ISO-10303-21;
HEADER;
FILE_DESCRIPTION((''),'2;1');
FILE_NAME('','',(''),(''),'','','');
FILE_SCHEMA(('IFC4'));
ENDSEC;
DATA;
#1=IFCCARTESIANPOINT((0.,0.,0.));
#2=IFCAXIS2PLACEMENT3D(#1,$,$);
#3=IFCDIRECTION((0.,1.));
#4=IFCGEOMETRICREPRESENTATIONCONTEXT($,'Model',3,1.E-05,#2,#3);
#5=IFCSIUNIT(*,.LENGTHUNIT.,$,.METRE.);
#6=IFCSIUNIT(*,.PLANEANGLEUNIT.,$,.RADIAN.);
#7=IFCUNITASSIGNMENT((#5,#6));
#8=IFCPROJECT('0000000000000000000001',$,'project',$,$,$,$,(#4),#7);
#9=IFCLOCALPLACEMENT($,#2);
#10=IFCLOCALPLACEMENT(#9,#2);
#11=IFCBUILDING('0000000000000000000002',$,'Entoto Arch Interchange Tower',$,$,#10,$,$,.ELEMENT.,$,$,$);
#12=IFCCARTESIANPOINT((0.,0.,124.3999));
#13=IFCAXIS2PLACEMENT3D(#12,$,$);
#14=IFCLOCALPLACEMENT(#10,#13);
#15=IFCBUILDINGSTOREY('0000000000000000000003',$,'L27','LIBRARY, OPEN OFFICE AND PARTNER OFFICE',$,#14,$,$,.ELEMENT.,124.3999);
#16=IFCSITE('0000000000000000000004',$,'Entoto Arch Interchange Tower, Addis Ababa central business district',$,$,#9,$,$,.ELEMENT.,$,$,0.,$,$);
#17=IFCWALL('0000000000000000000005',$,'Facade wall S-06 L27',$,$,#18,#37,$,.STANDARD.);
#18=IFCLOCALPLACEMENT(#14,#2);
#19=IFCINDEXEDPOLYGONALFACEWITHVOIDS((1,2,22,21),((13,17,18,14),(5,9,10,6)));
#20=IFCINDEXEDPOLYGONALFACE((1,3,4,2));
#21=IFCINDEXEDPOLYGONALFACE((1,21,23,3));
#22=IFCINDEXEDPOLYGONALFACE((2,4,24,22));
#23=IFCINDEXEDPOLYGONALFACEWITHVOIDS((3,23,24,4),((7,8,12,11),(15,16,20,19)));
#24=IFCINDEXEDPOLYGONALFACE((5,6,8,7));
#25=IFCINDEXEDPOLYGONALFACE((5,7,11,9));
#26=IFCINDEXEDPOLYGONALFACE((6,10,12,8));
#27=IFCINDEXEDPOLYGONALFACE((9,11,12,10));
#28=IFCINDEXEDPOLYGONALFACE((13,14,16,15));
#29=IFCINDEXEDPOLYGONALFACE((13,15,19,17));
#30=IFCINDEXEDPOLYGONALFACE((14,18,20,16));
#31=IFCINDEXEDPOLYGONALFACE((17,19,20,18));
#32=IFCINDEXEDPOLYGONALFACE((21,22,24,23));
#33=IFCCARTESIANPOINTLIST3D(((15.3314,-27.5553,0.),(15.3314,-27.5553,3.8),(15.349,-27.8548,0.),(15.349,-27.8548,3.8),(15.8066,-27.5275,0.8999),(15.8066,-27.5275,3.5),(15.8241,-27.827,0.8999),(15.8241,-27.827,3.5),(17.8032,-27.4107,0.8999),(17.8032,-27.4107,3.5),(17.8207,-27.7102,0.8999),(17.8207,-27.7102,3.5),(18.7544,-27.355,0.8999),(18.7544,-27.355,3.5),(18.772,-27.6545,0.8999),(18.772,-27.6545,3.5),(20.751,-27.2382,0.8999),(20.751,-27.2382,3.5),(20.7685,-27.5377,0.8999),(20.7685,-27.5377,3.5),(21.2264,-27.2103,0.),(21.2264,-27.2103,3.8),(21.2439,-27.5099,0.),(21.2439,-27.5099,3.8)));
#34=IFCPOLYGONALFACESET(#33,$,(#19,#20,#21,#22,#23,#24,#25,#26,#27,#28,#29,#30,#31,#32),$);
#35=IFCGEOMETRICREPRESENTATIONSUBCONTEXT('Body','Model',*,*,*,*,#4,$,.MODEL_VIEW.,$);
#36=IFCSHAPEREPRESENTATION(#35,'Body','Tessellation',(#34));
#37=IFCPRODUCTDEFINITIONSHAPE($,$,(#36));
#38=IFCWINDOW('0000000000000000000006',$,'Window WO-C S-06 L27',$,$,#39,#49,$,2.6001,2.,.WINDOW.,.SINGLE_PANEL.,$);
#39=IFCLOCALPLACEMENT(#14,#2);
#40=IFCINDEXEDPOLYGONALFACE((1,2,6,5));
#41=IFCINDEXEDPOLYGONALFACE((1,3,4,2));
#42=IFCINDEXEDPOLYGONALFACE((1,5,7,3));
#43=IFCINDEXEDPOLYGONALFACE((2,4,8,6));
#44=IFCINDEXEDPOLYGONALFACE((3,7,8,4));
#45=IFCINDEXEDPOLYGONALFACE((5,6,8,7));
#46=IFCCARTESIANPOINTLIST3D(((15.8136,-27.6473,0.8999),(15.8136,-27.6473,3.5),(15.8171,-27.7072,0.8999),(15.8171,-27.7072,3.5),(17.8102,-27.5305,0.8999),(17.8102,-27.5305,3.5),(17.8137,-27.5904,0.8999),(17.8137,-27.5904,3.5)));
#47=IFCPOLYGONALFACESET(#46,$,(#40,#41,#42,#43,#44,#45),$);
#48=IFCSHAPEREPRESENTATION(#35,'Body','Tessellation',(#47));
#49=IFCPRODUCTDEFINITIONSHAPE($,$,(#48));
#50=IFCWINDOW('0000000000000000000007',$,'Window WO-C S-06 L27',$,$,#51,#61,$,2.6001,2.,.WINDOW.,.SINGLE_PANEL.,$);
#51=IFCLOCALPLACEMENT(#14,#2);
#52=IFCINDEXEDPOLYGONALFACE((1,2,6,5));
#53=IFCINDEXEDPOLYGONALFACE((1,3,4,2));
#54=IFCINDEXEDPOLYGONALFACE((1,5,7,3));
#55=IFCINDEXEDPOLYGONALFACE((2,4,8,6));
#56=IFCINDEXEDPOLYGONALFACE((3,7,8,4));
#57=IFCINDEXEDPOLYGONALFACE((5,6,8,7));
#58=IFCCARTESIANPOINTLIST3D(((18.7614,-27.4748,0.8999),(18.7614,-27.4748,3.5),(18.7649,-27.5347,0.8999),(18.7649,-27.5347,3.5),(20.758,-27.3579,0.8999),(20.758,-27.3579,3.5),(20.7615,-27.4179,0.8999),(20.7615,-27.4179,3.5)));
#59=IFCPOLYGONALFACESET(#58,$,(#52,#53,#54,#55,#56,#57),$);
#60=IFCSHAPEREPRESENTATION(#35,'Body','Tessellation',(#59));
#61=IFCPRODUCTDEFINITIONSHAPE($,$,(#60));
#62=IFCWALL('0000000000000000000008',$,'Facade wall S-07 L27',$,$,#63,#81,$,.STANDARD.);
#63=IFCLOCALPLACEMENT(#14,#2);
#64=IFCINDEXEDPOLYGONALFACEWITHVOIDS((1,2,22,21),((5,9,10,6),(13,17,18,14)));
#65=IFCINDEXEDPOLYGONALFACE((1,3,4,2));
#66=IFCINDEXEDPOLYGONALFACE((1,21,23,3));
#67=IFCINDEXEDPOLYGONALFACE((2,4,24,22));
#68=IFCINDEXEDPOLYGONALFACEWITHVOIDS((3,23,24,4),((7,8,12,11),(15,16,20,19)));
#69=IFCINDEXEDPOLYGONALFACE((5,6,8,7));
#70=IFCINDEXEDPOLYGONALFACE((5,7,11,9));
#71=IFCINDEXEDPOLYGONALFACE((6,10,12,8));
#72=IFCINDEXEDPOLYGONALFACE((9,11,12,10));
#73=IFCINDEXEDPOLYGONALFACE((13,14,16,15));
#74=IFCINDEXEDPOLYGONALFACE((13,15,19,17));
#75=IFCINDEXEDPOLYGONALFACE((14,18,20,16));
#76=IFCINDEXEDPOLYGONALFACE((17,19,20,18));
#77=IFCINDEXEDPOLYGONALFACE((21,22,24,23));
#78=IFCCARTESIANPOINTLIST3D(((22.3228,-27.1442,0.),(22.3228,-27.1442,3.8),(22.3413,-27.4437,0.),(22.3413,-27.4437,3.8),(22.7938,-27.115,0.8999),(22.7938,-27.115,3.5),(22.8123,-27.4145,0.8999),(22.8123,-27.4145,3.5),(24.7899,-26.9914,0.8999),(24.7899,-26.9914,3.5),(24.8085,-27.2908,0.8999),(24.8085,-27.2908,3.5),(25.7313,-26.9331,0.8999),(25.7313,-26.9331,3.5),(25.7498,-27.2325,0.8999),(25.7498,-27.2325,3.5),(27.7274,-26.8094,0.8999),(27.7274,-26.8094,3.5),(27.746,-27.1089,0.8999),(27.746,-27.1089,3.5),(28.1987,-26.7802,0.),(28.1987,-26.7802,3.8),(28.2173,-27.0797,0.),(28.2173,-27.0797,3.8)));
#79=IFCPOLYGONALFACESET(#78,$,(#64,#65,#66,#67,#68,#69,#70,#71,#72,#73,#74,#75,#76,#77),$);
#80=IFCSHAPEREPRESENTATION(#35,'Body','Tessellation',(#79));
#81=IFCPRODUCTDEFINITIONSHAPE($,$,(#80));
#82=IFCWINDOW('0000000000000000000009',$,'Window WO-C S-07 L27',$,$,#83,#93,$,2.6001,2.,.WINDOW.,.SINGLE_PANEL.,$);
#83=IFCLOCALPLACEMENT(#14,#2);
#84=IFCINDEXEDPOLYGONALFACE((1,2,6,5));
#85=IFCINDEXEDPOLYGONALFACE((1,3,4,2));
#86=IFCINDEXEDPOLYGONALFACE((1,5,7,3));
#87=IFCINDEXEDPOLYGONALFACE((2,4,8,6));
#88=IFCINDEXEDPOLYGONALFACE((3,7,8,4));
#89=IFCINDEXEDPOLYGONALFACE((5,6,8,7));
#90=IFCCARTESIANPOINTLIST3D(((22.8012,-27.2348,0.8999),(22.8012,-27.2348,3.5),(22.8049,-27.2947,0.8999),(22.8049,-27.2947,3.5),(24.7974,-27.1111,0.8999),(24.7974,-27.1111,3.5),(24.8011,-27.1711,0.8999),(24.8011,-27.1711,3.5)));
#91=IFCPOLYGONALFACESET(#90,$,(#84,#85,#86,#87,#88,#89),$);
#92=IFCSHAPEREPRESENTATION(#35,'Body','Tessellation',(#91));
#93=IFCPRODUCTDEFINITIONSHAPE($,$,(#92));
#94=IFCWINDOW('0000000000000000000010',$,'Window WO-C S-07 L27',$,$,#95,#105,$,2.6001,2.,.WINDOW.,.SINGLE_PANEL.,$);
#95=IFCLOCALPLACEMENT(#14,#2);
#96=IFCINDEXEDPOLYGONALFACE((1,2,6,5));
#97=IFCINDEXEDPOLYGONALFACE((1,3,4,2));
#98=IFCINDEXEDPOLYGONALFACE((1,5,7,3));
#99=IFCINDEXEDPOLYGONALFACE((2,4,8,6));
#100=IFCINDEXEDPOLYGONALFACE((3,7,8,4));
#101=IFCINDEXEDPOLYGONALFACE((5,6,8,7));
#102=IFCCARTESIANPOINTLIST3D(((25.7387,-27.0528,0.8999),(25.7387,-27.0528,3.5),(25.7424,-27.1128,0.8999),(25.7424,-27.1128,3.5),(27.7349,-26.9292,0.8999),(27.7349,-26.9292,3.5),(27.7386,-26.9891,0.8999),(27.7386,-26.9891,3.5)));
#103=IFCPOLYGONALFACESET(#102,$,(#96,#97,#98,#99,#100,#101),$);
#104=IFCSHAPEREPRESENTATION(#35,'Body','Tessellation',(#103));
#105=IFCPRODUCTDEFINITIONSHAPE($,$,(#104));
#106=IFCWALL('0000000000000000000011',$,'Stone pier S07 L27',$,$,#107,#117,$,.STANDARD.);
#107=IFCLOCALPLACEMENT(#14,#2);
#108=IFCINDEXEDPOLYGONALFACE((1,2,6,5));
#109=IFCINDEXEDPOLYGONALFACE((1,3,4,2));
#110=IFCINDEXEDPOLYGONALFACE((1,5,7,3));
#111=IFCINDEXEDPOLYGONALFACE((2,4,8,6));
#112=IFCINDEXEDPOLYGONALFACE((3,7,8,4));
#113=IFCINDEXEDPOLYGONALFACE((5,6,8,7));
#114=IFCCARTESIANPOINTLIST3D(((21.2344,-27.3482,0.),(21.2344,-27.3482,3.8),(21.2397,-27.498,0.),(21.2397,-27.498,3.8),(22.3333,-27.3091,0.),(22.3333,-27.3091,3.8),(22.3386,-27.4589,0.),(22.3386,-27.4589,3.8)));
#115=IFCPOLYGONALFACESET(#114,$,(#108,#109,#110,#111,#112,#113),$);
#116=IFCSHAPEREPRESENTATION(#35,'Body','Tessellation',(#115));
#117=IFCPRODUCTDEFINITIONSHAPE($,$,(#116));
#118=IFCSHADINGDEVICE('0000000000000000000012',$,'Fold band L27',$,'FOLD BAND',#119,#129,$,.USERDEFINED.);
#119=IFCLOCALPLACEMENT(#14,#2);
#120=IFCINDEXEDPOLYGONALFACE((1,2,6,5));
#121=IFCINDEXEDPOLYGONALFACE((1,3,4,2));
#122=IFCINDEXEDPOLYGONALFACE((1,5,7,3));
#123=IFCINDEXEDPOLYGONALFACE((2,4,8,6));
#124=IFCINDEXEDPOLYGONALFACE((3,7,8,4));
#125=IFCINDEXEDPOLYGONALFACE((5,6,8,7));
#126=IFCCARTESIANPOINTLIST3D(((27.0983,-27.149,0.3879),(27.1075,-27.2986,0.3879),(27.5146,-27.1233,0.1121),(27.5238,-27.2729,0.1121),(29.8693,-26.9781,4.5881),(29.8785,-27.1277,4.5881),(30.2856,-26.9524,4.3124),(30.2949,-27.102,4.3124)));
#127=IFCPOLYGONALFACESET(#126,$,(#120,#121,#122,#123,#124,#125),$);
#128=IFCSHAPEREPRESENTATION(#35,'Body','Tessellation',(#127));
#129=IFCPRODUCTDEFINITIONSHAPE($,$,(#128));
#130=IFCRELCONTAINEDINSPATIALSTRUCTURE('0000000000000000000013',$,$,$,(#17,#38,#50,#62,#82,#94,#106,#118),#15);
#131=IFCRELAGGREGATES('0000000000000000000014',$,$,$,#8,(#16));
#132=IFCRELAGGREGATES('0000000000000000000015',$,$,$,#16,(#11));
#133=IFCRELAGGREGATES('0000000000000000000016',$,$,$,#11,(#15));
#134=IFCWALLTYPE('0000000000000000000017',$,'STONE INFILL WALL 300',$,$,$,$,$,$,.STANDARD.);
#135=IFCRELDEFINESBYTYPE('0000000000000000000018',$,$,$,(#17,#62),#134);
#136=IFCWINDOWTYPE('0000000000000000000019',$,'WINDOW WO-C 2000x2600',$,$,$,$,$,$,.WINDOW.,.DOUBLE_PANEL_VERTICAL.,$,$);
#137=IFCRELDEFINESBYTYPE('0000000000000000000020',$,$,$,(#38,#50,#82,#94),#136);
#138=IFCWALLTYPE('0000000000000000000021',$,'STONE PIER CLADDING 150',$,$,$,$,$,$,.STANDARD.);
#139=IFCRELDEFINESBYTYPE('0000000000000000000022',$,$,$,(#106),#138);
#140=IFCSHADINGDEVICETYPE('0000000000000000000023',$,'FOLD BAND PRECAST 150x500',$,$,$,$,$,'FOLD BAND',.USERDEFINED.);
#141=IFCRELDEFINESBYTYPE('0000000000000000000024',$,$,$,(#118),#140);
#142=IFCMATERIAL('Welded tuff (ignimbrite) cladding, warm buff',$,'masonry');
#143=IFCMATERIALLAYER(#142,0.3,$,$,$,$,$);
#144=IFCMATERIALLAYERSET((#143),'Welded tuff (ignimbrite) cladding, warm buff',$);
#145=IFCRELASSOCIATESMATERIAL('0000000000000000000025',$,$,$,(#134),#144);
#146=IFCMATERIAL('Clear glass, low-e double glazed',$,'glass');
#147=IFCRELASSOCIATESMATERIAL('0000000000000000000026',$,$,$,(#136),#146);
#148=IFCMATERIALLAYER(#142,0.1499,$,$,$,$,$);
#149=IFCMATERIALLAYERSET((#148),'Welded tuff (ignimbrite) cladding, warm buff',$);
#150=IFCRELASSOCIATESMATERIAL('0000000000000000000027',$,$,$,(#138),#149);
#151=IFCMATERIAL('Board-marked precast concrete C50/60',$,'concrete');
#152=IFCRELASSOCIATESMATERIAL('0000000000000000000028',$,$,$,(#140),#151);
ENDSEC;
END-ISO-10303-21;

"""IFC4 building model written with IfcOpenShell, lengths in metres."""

from ifc_helpers import new_model, si_unit, direction, frame, frame_2d, origin, origin_2d, place, context, subcontext, project, spatial, rectangle, extrude, material, layer, layer_set, material_profile, profile_set, type_object, element, fill, save


model = new_model("IFC4")

# Units and contexts
model_context = context("Model", 3, precision=1e-05, world=origin(), true_north=direction((0.0, 1.0)))
body_context = subcontext(model_context, "Body", "Model", "MODEL_VIEW")
ifc_project = project(units=[si_unit("LENGTHUNIT", "METRE"), si_unit("PLANEANGLEUNIT", "RADIAN")], contexts=[model_context])

# Site, building, storey
site_placement = place(None, origin())
site = spatial("IfcSite", under=ifc_project, at=site_placement, Name="Entoto Arch Interchange Tower, Addis Ababa central business district", CompositionType="ELEMENT", RefElevation=0.0)
building_placement = place(site_placement, origin())
building = spatial("IfcBuilding", under=site, at=building_placement, Name="Entoto Arch Interchange Tower", CompositionType="ELEMENT")
storey_placement = place(building_placement, frame((0.0, 0.0, 124.3999)))
storey = spatial("IfcBuildingStorey", under=building, at=storey_placement, Name="L27", Description="LIBRARY, OPEN OFFICE AND PARTNER OFFICE", CompositionType="ELEMENT", Elevation=124.3999)

# Walls, openings, windows
ifc_material_1 = material(Name="Welded tuff (ignimbrite) cladding, warm buff", Category="masonry")
ifc_layer_1 = layer(ifc_material_1, 0.3)
ifc_layer_set_1 = layer_set([ifc_layer_1], Name="Welded tuff (ignimbrite) cladding, warm buff")
wall_type_1 = type_object("IfcWallType", Name="STONE INFILL WALL 300", PredefinedType="STANDARD", material=ifc_layer_set_1)
wall_1_placement = place(storey_placement, frame((15.3401, -27.7051, 0.0), z_axis=(0.0, 0.0, 1.0), x_axis=(0.998292, 0.058419, 0.0)))
wall_1 = element("IfcWall", 1, at=wall_1_placement, inside=storey, type_object=wall_type_1, Name="Facade wall S-06 L27", PredefinedType="STANDARD", context=body_context, shape_type="SweptSolid", body=[
    extrude(rectangle(XDim=5.905, YDim=0.3, at=frame_2d((2.9526, 0.0))), origin(), (0.0, 0.0, 1.0), 3.8),
])
opening_1_placement = place(wall_1_placement, frame((0.4761, 0.0, 0.8999)))
opening_1 = element("IfcOpeningElement", 2, at=opening_1_placement, cuts=wall_1, PredefinedType="OPENING", context=body_context, shape_type="SweptSolid", body=[
    extrude(rectangle(XDim=2.0, YDim=2.6001, at=frame_2d((1.0, 1.3))), frame((0.0, 0.1602, 0.0), z_axis=(0.0, -1.0, 0.0), x_axis=(1.0, 0.0, 0.0)), (0.0, 0.0, 1.0), 0.3201),
])
opening_2_placement = place(wall_1_placement, frame((3.429, 0.0, 0.8999)))
opening_2 = element("IfcOpeningElement", 3, at=opening_2_placement, cuts=wall_1, PredefinedType="OPENING", context=body_context, shape_type="SweptSolid", body=[
    extrude(rectangle(XDim=2.0, YDim=2.6001, at=frame_2d((1.0, 1.3))), frame((0.0, 0.1602, 0.0), z_axis=(0.0, -1.0, 0.0), x_axis=(1.0, 0.0, 0.0)), (0.0, 0.0, 1.0), 0.3201),
])
ifc_material_2 = material(Name="Clear glass, low-e double glazed", Category="glass")
window_type = type_object("IfcWindowType", Name="WINDOW WO-C 2000x2600", PartitioningType="DOUBLE_PANEL_VERTICAL", PredefinedType="WINDOW", material=ifc_material_2)
window_1_placement = place(opening_1_placement, origin())
window_1 = element("IfcWindow", 4, at=window_1_placement, inside=storey, type_object=window_type, Name="Window WO-C S-06 L27", OverallHeight=2.6001, OverallWidth=2.0, PartitioningType="SINGLE_PANEL", PredefinedType="WINDOW", context=body_context, shape_type="SweptSolid", body=[
    extrude(rectangle(XDim=2.0, YDim=2.6001, at=frame_2d((1.0, 1.3))), frame((0.0, 0.03, 0.0), z_axis=(0.0, -1.0, 0.0), x_axis=(1.0, 0.0, 0.0)), (0.0, 0.0, 1.0), 0.0601),
])
fill(opening_1, window_1)
window_2_placement = place(opening_2_placement, origin())
window_2 = element("IfcWindow", 5, at=window_2_placement, inside=storey, type_object=window_type, Name="Window WO-C S-06 L27", OverallHeight=2.6001, OverallWidth=2.0, PartitioningType="SINGLE_PANEL", PredefinedType="WINDOW", context=body_context, shape_type="SweptSolid", body=[
    extrude(rectangle(XDim=2.0, YDim=2.6001, at=frame_2d((1.0, 1.3))), frame((0.0, 0.03, 0.0), z_axis=(0.0, -1.0, 0.0), x_axis=(1.0, 0.0, 0.0)), (0.0, 0.0, 1.0), 0.0601),
])
fill(opening_2, window_2)
wall_2_placement = place(storey_placement, frame((22.332, -27.2939, 0.0), z_axis=(0.0, 0.0, 1.0), x_axis=(0.998087, 0.061831, 0.0)))
wall_2 = element("IfcWall", 6, at=wall_2_placement, inside=storey, type_object=wall_type_1, Name="Facade wall S-07 L27", PredefinedType="STANDARD", context=body_context, shape_type="SweptSolid", body=[
    extrude(rectangle(XDim=5.8872, YDim=0.3, at=frame_2d((2.9436, 0.0))), origin(), (0.0, 0.0, 1.0), 3.8),
])
opening_3_placement = place(wall_2_placement, frame((0.4719, 0.0, 0.8999)))
opening_3 = element("IfcOpeningElement", 7, at=opening_3_placement, cuts=wall_2, PredefinedType="OPENING", context=body_context, shape_type="SweptSolid", body=[
    extrude(rectangle(XDim=2.0, YDim=2.6001, at=frame_2d((1.0, 1.3))), frame((0.0, 0.1602, 0.0), z_axis=(0.0, -1.0, 0.0), x_axis=(1.0, 0.0, 0.0)), (0.0, 0.0, 1.0), 0.3201),
])
opening_4_placement = place(wall_2_placement, frame((3.415, 0.0, 0.8999)))
opening_4 = element("IfcOpeningElement", 8, at=opening_4_placement, cuts=wall_2, PredefinedType="OPENING", context=body_context, shape_type="SweptSolid", body=[
    extrude(rectangle(XDim=2.0, YDim=2.6001, at=frame_2d((1.0, 1.3))), frame((0.0, 0.1602, 0.0), z_axis=(0.0, -1.0, 0.0), x_axis=(1.0, 0.0, 0.0)), (0.0, 0.0, 1.0), 0.3201),
])
window_3_placement = place(opening_3_placement, origin())
window_3 = element("IfcWindow", 9, at=window_3_placement, inside=storey, type_object=window_type, Name="Window WO-C S-07 L27", OverallHeight=2.6001, OverallWidth=2.0, PartitioningType="SINGLE_PANEL", PredefinedType="WINDOW", context=body_context, shape_type="SweptSolid", body=[
    extrude(rectangle(XDim=2.0, YDim=2.6001, at=frame_2d((1.0, 1.3))), frame((0.0, 0.03, 0.0), z_axis=(0.0, -1.0, 0.0), x_axis=(1.0, 0.0, 0.0)), (0.0, 0.0, 1.0), 0.0601),
])
fill(opening_3, window_3)
window_4_placement = place(opening_4_placement, origin())
window_4 = element("IfcWindow", 10, at=window_4_placement, inside=storey, type_object=window_type, Name="Window WO-C S-07 L27", OverallHeight=2.6001, OverallWidth=2.0, PartitioningType="SINGLE_PANEL", PredefinedType="WINDOW", context=body_context, shape_type="SweptSolid", body=[
    extrude(rectangle(XDim=2.0, YDim=2.6001, at=frame_2d((1.0, 1.3))), frame((0.0, 0.03, 0.0), z_axis=(0.0, -1.0, 0.0), x_axis=(1.0, 0.0, 0.0)), (0.0, 0.0, 1.0), 0.0601),
])
fill(opening_4, window_4)

# Wall
ifc_layer_2 = layer(ifc_material_1, 0.1499)
ifc_layer_set_2 = layer_set([ifc_layer_2], Name="Welded tuff (ignimbrite) cladding, warm buff")
wall_type_2 = type_object("IfcWallType", Name="STONE PIER CLADDING 150", PredefinedType="STANDARD", material=ifc_layer_set_2)
wall_3_placement = place(storey_placement, frame((21.2371, -27.4231, 0.0), z_axis=(0.0, 0.0, 1.0), x_axis=(0.999369, 0.035525, 0.0)))
element("IfcWall", 11, at=wall_3_placement, inside=storey, type_object=wall_type_2, Name="Stone pier S07 L27", PredefinedType="STANDARD", context=body_context, shape_type="SweptSolid", body=[
    extrude(rectangle(XDim=1.0996, YDim=0.1499, at=frame_2d((0.5498, 0.0))), origin(), (0.0, 0.0, 1.0), 3.8),
])

# Shading device
ifc_material_3 = material(Name="Board-marked precast concrete C50/60", Category="concrete")
ifc_material_profile_1 = material_profile(ifc_material_3, rectangle(XDim=0.1499, YDim=0.5, at=origin_2d()))
ifc_profile_set_1 = profile_set([ifc_material_profile_1], Name="Board-marked precast concrete C50/60")
shading_device_type = type_object("IfcShadingDeviceType", Name="FOLD BAND PRECAST 150x500", ElementType="FOLD BAND", PredefinedType="USERDEFINED", material=ifc_profile_set_1)
shading_device_placement = place(storey_placement, frame((27.311, -27.2109, 0.25), z_axis=(0.550368, 0.033943, 0.834232), x_axis=(-0.061557, 0.998104, 0.0)))
element("IfcShadingDevice", 12, at=shading_device_placement, inside=storey, type_object=shading_device_type, Name="Fold band L27", ObjectType="FOLD BAND", PredefinedType="USERDEFINED", context=body_context, shape_type="SweptSolid", body=[
    extrude(rectangle(XDim=0.1499, YDim=0.5, at=origin_2d()), origin(), (0.0, 0.0, 1.0), 5.0349),
])

save(model, "model.ifc")
